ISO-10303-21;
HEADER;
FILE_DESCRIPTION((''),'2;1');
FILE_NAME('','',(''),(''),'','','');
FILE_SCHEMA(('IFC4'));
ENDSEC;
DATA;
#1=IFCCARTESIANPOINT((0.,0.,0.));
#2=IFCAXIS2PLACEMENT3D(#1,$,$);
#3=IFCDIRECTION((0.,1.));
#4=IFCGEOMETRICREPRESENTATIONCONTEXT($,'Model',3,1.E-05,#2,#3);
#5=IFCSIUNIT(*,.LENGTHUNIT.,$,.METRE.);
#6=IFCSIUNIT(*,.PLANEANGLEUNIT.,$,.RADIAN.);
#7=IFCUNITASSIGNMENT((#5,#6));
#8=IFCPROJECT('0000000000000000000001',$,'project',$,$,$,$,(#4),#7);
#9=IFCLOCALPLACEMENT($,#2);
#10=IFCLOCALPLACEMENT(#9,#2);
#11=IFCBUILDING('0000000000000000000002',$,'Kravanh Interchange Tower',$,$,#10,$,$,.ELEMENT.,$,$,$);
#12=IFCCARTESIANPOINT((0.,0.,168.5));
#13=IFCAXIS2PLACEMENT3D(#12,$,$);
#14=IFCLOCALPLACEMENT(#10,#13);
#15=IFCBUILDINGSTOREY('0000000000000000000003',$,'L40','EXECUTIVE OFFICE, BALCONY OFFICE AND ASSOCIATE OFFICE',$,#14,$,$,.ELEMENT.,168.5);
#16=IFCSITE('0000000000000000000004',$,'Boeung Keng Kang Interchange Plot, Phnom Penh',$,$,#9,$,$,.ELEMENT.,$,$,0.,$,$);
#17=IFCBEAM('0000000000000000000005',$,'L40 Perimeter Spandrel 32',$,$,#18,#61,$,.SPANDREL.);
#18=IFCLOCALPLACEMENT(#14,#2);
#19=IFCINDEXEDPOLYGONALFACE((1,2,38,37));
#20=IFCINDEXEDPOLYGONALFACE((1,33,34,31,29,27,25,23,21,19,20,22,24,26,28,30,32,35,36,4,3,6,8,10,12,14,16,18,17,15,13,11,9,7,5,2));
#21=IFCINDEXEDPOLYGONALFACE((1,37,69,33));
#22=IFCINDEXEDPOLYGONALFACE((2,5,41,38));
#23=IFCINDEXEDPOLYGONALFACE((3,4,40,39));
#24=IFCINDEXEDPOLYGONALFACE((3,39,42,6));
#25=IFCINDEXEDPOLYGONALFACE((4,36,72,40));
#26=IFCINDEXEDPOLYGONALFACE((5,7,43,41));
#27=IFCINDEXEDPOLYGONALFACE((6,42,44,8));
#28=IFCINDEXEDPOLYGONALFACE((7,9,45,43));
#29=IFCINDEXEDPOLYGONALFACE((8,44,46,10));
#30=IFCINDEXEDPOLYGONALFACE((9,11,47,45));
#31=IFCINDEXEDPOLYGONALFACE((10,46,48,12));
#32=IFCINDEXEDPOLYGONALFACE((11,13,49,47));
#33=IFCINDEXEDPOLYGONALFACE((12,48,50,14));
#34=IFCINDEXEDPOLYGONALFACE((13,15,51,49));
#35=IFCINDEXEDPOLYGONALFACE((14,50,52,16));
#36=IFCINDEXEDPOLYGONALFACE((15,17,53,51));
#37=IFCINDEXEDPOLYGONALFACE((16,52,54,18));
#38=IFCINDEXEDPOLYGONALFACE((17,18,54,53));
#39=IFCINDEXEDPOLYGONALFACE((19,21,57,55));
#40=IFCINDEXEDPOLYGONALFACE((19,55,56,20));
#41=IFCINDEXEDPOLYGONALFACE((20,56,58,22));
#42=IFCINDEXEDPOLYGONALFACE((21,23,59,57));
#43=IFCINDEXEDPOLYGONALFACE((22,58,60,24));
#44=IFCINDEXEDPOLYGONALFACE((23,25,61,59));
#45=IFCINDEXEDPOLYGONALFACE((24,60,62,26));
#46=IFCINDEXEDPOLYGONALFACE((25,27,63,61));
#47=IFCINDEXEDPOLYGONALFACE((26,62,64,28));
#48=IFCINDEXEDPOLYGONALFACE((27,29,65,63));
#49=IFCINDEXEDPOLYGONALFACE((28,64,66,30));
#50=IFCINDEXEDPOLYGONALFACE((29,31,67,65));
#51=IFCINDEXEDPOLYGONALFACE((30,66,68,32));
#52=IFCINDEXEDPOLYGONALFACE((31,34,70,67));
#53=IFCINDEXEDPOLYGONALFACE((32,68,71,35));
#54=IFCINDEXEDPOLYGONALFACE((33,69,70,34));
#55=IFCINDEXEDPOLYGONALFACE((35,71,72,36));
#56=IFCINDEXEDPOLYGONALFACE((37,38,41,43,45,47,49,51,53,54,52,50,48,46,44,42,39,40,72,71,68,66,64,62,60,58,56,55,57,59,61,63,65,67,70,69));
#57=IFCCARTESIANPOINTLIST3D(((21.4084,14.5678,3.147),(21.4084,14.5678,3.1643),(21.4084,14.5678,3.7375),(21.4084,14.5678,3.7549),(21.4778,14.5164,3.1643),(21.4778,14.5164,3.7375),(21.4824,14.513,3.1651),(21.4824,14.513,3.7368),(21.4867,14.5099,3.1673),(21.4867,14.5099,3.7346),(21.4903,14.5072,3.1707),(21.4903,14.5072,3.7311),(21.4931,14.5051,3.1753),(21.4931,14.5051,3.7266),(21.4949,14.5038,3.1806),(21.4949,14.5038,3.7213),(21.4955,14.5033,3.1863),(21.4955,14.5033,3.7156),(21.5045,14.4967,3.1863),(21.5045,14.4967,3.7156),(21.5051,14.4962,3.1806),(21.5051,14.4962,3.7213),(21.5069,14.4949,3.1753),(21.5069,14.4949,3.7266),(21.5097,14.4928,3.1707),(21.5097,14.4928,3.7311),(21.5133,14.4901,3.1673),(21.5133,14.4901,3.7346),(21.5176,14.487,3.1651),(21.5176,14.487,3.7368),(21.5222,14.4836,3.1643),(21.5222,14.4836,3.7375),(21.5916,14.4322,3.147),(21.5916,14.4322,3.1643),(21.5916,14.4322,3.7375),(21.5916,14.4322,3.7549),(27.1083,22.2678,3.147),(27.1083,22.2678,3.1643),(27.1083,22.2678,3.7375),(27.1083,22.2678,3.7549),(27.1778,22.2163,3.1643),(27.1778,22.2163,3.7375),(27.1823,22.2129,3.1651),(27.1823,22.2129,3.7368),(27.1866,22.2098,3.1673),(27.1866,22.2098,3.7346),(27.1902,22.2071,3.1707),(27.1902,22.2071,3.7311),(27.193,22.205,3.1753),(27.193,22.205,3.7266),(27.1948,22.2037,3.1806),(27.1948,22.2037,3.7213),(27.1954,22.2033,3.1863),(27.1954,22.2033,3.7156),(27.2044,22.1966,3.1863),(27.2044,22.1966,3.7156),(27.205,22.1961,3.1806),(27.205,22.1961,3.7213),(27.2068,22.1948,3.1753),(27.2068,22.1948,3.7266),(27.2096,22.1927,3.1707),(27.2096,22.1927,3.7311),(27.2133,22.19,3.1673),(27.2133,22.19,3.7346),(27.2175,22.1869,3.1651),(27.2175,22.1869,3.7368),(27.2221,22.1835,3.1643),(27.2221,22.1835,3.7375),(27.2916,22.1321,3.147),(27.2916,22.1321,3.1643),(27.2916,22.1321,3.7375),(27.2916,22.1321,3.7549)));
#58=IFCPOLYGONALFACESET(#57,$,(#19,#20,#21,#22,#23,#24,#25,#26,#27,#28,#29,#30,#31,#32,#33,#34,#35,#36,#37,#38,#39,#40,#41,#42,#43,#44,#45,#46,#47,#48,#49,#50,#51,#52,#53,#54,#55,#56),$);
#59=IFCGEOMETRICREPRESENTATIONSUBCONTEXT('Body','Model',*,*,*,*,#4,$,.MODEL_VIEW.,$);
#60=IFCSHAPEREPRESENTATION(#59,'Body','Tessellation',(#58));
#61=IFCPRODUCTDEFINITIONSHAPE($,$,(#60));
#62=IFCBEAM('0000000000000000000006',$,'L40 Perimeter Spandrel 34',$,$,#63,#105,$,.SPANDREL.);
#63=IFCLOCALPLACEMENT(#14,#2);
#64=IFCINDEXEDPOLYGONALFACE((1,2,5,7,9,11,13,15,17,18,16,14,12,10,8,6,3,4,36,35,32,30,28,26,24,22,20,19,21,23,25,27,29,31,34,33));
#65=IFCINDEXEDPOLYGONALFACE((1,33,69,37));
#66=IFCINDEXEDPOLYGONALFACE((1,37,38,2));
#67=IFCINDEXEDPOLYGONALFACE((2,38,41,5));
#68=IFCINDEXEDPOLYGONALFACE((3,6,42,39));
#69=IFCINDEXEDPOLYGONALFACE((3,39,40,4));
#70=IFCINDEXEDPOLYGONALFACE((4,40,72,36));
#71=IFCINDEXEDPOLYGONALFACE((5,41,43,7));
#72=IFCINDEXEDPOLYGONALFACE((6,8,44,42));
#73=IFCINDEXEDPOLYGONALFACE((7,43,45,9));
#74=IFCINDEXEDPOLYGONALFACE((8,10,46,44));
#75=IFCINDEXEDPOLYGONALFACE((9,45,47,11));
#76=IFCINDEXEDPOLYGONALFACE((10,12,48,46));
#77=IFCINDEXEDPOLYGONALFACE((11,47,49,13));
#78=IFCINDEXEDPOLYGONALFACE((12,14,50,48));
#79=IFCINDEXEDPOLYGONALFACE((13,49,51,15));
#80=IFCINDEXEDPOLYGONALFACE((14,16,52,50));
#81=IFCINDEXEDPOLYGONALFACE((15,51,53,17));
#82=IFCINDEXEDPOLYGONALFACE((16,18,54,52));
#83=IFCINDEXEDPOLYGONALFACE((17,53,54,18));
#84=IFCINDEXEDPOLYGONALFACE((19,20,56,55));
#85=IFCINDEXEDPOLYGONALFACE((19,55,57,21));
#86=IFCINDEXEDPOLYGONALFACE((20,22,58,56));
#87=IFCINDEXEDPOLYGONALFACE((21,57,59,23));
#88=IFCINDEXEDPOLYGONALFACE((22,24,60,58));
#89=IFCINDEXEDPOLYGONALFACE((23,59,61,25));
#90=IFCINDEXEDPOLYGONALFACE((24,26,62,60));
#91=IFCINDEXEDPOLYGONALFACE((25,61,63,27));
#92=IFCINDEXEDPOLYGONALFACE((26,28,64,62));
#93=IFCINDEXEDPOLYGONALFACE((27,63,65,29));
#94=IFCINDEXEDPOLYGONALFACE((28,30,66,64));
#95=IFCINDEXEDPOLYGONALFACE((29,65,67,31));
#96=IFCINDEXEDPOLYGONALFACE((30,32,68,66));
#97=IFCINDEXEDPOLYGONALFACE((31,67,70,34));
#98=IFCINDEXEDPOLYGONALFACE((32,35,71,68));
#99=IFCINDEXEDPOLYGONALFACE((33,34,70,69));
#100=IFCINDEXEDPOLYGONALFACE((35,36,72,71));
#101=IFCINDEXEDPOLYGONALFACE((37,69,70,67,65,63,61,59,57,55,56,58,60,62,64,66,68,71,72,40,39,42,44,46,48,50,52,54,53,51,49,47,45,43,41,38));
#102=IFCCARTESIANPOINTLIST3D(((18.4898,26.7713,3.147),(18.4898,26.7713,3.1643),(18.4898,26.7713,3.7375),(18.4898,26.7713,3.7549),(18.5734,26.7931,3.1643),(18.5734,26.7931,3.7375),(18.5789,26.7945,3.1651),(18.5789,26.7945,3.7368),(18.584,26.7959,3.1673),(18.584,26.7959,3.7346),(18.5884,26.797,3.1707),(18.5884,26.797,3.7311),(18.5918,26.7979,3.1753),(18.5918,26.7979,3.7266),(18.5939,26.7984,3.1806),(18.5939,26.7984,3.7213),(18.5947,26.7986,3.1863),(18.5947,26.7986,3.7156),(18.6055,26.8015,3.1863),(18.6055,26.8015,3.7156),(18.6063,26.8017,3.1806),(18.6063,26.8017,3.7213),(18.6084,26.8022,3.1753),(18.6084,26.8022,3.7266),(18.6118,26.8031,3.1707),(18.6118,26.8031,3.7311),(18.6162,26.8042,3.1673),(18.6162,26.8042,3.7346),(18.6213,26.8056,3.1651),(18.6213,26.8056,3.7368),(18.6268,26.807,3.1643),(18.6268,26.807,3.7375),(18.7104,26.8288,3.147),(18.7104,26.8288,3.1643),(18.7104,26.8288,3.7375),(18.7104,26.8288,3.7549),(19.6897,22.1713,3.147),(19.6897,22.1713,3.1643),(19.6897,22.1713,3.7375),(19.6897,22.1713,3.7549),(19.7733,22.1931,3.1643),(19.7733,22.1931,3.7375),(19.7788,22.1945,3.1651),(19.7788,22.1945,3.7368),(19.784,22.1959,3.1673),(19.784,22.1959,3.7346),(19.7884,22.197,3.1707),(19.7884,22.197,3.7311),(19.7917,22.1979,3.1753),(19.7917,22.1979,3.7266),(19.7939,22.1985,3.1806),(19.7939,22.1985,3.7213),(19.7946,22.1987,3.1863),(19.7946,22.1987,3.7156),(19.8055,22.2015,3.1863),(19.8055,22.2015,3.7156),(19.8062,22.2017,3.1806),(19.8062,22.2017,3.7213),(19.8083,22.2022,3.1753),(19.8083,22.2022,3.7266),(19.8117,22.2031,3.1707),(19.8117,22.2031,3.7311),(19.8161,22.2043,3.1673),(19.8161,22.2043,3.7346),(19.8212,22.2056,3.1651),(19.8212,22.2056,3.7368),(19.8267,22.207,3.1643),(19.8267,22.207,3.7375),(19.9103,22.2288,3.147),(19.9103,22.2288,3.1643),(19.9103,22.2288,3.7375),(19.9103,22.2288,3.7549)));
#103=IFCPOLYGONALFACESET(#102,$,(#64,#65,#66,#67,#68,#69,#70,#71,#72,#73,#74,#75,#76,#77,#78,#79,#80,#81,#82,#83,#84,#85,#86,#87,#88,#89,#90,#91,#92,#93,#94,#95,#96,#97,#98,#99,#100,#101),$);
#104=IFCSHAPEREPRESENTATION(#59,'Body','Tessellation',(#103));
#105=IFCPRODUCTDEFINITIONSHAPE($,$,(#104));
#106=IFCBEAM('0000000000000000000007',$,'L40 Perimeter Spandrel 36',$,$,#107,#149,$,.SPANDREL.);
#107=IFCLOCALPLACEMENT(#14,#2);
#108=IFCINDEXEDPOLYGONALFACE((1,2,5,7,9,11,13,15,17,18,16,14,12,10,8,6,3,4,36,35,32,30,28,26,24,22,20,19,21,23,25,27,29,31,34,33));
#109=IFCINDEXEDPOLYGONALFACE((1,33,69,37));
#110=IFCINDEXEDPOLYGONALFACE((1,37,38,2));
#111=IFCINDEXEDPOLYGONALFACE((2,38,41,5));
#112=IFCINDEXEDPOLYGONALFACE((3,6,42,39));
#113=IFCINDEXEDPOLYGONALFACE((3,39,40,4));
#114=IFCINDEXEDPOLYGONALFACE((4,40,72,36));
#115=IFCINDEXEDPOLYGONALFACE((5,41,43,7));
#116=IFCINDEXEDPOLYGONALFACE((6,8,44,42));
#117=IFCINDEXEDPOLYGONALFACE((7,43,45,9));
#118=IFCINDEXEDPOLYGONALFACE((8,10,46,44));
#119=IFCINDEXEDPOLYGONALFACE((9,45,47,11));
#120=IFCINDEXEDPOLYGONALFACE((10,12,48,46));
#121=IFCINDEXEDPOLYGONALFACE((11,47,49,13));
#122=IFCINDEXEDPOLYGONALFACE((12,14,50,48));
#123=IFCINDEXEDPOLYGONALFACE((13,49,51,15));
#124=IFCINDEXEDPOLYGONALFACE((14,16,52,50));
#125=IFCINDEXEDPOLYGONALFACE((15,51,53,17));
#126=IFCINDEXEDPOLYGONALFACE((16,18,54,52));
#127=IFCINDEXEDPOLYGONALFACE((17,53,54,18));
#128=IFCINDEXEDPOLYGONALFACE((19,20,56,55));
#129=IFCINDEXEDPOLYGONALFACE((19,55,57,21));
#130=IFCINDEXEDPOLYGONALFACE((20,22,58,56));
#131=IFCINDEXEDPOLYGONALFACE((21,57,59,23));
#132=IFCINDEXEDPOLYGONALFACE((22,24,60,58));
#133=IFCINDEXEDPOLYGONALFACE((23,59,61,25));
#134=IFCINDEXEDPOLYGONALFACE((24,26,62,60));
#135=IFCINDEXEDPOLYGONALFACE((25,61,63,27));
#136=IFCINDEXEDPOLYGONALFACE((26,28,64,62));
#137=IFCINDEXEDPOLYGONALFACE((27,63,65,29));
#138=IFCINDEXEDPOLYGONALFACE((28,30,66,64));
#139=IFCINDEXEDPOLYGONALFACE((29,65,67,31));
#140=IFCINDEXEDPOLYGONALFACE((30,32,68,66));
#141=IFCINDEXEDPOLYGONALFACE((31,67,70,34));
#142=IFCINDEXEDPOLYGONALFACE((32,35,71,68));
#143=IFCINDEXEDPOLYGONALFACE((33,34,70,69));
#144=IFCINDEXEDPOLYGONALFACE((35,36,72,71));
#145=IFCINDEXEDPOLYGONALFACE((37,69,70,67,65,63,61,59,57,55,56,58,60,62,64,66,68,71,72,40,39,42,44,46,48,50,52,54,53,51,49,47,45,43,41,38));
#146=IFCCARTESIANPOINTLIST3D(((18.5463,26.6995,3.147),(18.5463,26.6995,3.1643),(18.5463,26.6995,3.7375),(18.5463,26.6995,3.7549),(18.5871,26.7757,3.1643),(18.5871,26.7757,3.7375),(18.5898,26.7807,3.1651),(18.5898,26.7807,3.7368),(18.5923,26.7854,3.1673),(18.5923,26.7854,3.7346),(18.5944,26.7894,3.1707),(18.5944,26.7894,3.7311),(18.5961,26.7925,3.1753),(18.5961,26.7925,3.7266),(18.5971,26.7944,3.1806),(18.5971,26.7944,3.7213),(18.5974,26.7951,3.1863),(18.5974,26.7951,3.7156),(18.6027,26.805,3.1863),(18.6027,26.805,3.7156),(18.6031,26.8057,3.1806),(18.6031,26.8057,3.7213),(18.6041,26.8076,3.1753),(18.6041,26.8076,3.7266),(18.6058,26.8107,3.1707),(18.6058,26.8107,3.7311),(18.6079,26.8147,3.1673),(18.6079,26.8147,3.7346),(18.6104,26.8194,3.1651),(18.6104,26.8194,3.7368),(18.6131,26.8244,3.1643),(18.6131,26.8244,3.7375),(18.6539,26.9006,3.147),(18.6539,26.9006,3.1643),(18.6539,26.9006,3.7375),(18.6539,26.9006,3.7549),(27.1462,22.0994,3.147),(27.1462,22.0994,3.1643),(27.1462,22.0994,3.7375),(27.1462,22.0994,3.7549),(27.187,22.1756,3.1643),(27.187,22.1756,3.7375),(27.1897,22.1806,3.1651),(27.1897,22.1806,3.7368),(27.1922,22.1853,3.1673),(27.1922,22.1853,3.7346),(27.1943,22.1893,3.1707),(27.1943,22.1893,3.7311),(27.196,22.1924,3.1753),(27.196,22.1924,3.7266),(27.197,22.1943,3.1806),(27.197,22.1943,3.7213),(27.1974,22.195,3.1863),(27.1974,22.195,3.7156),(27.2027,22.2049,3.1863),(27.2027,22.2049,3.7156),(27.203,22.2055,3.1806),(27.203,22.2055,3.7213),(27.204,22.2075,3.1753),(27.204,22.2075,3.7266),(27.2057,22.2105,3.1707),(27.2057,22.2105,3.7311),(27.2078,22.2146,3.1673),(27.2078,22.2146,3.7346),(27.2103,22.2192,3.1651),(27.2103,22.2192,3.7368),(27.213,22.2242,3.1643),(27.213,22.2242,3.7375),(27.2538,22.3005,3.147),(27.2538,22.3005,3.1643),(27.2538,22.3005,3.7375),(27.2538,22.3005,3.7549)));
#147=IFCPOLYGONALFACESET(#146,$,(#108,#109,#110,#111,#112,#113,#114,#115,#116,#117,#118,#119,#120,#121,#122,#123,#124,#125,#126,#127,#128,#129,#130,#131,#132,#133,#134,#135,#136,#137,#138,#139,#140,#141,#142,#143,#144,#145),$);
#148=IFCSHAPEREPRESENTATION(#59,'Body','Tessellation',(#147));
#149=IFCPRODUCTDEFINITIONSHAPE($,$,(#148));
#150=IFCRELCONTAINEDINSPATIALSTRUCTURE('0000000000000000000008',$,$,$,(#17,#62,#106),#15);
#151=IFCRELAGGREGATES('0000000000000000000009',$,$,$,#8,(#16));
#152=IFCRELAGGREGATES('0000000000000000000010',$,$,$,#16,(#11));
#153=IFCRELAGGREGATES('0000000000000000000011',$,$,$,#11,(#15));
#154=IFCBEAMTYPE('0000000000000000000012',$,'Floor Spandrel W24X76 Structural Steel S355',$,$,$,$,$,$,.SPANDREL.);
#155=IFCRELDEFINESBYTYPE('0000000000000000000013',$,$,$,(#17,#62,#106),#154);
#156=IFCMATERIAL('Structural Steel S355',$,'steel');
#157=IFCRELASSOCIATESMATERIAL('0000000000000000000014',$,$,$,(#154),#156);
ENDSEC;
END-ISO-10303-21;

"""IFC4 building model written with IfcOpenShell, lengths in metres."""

from ifc_helpers import new_model, si_unit, direction, frame, origin, origin_2d, place, context, subcontext, project, spatial, i_section, extrude, material, material_profile, profile_set, type_object, element, save


model = new_model("IFC4")

# Units and contexts
model_context = context("Model", 3, precision=1e-05, world=origin(), true_north=direction((0.0, 1.0)))
body_context = subcontext(model_context, "Body", "Model", "MODEL_VIEW")
ifc_project = project(units=[si_unit("LENGTHUNIT", "METRE"), si_unit("PLANEANGLEUNIT", "RADIAN")], contexts=[model_context])

# Site, building, storey
site_placement = place(None, origin())
site = spatial("IfcSite", under=ifc_project, at=site_placement, Name="Boeung Keng Kang Interchange Plot, Phnom Penh", CompositionType="ELEMENT", RefElevation=0.0)
building_placement = place(site_placement, origin())
building = spatial("IfcBuilding", under=site, at=building_placement, Name="Kravanh Interchange Tower", CompositionType="ELEMENT")
storey_placement = place(building_placement, frame((0.0, 0.0, 168.5)))
storey = spatial("IfcBuildingStorey", under=building, at=storey_placement, Name="L40", Description="EXECUTIVE OFFICE, BALCONY OFFICE AND ASSOCIATE OFFICE", CompositionType="ELEMENT", Elevation=168.5)

# Beams
ifc_material_1 = material(Name="Structural Steel S355", Category="steel")
ifc_material_profile_1 = material_profile(ifc_material_1, i_section(OverallWidth=0.228, OverallDepth=0.6079, WebThickness=0.0112, FlangeThickness=0.0173, FilletRadius=0.022, at=origin_2d()), Name="W24X76")
ifc_profile_set_1 = profile_set([ifc_material_profile_1], Name="Structural Steel S355")
beam_type_1 = type_object("IfcBeamType", Name="Floor Spandrel W24X76 Structural Steel S355", PredefinedType="SPANDREL", material=ifc_profile_set_1)
beam_1_placement = place(storey_placement, frame((21.5, 14.5, 3.4509), z_axis=(0.594977, 0.803743, 0.0), x_axis=(-0.803743, 0.594977, 0.0)))
element("IfcBeam", 1, at=beam_1_placement, inside=storey, type_object=beam_type_1, Name="L40 Perimeter Spandrel 32", PredefinedType="SPANDREL", context=body_context, shape_type="SweptSolid", body=[
    extrude(i_section(OverallWidth=0.228, OverallDepth=0.6079, WebThickness=0.0112, FlangeThickness=0.0173, FilletRadius=0.022, at=origin_2d()), origin(), (0.0, 0.0, 1.0), 9.5801),
])
beam_2_placement = place(storey_placement, frame((18.6001, 26.8, 3.4509), z_axis=(0.252407, -0.967621, 0.0), x_axis=(0.967621, 0.252407, 0.0)))
element("IfcBeam", 2, at=beam_2_placement, inside=storey, type_object=beam_type_1, Name="L40 Perimeter Spandrel 34", PredefinedType="SPANDREL", context=body_context, shape_type="SweptSolid", body=[
    extrude(i_section(OverallWidth=0.228, OverallDepth=0.6079, WebThickness=0.0112, FlangeThickness=0.0173, FilletRadius=0.022, at=origin_2d()), origin(), (0.0, 0.0, 1.0), 4.7539),
])
beam_3_placement = place(storey_placement, frame((18.6001, 26.8, 3.4509), z_axis=(0.881777, -0.471666, 0.0), x_axis=(0.471666, 0.881777, 0.0)))
element("IfcBeam", 3, at=beam_3_placement, inside=storey, type_object=beam_type_1, Name="L40 Perimeter Spandrel 36", PredefinedType="SPANDREL", context=body_context, shape_type="SweptSolid", body=[
    extrude(i_section(OverallWidth=0.228, OverallDepth=0.6079, WebThickness=0.0112, FlangeThickness=0.0173, FilletRadius=0.022, at=origin_2d()), origin(), (0.0, 0.0, 1.0), 9.7529),
])

save(model, "model.ifc")
